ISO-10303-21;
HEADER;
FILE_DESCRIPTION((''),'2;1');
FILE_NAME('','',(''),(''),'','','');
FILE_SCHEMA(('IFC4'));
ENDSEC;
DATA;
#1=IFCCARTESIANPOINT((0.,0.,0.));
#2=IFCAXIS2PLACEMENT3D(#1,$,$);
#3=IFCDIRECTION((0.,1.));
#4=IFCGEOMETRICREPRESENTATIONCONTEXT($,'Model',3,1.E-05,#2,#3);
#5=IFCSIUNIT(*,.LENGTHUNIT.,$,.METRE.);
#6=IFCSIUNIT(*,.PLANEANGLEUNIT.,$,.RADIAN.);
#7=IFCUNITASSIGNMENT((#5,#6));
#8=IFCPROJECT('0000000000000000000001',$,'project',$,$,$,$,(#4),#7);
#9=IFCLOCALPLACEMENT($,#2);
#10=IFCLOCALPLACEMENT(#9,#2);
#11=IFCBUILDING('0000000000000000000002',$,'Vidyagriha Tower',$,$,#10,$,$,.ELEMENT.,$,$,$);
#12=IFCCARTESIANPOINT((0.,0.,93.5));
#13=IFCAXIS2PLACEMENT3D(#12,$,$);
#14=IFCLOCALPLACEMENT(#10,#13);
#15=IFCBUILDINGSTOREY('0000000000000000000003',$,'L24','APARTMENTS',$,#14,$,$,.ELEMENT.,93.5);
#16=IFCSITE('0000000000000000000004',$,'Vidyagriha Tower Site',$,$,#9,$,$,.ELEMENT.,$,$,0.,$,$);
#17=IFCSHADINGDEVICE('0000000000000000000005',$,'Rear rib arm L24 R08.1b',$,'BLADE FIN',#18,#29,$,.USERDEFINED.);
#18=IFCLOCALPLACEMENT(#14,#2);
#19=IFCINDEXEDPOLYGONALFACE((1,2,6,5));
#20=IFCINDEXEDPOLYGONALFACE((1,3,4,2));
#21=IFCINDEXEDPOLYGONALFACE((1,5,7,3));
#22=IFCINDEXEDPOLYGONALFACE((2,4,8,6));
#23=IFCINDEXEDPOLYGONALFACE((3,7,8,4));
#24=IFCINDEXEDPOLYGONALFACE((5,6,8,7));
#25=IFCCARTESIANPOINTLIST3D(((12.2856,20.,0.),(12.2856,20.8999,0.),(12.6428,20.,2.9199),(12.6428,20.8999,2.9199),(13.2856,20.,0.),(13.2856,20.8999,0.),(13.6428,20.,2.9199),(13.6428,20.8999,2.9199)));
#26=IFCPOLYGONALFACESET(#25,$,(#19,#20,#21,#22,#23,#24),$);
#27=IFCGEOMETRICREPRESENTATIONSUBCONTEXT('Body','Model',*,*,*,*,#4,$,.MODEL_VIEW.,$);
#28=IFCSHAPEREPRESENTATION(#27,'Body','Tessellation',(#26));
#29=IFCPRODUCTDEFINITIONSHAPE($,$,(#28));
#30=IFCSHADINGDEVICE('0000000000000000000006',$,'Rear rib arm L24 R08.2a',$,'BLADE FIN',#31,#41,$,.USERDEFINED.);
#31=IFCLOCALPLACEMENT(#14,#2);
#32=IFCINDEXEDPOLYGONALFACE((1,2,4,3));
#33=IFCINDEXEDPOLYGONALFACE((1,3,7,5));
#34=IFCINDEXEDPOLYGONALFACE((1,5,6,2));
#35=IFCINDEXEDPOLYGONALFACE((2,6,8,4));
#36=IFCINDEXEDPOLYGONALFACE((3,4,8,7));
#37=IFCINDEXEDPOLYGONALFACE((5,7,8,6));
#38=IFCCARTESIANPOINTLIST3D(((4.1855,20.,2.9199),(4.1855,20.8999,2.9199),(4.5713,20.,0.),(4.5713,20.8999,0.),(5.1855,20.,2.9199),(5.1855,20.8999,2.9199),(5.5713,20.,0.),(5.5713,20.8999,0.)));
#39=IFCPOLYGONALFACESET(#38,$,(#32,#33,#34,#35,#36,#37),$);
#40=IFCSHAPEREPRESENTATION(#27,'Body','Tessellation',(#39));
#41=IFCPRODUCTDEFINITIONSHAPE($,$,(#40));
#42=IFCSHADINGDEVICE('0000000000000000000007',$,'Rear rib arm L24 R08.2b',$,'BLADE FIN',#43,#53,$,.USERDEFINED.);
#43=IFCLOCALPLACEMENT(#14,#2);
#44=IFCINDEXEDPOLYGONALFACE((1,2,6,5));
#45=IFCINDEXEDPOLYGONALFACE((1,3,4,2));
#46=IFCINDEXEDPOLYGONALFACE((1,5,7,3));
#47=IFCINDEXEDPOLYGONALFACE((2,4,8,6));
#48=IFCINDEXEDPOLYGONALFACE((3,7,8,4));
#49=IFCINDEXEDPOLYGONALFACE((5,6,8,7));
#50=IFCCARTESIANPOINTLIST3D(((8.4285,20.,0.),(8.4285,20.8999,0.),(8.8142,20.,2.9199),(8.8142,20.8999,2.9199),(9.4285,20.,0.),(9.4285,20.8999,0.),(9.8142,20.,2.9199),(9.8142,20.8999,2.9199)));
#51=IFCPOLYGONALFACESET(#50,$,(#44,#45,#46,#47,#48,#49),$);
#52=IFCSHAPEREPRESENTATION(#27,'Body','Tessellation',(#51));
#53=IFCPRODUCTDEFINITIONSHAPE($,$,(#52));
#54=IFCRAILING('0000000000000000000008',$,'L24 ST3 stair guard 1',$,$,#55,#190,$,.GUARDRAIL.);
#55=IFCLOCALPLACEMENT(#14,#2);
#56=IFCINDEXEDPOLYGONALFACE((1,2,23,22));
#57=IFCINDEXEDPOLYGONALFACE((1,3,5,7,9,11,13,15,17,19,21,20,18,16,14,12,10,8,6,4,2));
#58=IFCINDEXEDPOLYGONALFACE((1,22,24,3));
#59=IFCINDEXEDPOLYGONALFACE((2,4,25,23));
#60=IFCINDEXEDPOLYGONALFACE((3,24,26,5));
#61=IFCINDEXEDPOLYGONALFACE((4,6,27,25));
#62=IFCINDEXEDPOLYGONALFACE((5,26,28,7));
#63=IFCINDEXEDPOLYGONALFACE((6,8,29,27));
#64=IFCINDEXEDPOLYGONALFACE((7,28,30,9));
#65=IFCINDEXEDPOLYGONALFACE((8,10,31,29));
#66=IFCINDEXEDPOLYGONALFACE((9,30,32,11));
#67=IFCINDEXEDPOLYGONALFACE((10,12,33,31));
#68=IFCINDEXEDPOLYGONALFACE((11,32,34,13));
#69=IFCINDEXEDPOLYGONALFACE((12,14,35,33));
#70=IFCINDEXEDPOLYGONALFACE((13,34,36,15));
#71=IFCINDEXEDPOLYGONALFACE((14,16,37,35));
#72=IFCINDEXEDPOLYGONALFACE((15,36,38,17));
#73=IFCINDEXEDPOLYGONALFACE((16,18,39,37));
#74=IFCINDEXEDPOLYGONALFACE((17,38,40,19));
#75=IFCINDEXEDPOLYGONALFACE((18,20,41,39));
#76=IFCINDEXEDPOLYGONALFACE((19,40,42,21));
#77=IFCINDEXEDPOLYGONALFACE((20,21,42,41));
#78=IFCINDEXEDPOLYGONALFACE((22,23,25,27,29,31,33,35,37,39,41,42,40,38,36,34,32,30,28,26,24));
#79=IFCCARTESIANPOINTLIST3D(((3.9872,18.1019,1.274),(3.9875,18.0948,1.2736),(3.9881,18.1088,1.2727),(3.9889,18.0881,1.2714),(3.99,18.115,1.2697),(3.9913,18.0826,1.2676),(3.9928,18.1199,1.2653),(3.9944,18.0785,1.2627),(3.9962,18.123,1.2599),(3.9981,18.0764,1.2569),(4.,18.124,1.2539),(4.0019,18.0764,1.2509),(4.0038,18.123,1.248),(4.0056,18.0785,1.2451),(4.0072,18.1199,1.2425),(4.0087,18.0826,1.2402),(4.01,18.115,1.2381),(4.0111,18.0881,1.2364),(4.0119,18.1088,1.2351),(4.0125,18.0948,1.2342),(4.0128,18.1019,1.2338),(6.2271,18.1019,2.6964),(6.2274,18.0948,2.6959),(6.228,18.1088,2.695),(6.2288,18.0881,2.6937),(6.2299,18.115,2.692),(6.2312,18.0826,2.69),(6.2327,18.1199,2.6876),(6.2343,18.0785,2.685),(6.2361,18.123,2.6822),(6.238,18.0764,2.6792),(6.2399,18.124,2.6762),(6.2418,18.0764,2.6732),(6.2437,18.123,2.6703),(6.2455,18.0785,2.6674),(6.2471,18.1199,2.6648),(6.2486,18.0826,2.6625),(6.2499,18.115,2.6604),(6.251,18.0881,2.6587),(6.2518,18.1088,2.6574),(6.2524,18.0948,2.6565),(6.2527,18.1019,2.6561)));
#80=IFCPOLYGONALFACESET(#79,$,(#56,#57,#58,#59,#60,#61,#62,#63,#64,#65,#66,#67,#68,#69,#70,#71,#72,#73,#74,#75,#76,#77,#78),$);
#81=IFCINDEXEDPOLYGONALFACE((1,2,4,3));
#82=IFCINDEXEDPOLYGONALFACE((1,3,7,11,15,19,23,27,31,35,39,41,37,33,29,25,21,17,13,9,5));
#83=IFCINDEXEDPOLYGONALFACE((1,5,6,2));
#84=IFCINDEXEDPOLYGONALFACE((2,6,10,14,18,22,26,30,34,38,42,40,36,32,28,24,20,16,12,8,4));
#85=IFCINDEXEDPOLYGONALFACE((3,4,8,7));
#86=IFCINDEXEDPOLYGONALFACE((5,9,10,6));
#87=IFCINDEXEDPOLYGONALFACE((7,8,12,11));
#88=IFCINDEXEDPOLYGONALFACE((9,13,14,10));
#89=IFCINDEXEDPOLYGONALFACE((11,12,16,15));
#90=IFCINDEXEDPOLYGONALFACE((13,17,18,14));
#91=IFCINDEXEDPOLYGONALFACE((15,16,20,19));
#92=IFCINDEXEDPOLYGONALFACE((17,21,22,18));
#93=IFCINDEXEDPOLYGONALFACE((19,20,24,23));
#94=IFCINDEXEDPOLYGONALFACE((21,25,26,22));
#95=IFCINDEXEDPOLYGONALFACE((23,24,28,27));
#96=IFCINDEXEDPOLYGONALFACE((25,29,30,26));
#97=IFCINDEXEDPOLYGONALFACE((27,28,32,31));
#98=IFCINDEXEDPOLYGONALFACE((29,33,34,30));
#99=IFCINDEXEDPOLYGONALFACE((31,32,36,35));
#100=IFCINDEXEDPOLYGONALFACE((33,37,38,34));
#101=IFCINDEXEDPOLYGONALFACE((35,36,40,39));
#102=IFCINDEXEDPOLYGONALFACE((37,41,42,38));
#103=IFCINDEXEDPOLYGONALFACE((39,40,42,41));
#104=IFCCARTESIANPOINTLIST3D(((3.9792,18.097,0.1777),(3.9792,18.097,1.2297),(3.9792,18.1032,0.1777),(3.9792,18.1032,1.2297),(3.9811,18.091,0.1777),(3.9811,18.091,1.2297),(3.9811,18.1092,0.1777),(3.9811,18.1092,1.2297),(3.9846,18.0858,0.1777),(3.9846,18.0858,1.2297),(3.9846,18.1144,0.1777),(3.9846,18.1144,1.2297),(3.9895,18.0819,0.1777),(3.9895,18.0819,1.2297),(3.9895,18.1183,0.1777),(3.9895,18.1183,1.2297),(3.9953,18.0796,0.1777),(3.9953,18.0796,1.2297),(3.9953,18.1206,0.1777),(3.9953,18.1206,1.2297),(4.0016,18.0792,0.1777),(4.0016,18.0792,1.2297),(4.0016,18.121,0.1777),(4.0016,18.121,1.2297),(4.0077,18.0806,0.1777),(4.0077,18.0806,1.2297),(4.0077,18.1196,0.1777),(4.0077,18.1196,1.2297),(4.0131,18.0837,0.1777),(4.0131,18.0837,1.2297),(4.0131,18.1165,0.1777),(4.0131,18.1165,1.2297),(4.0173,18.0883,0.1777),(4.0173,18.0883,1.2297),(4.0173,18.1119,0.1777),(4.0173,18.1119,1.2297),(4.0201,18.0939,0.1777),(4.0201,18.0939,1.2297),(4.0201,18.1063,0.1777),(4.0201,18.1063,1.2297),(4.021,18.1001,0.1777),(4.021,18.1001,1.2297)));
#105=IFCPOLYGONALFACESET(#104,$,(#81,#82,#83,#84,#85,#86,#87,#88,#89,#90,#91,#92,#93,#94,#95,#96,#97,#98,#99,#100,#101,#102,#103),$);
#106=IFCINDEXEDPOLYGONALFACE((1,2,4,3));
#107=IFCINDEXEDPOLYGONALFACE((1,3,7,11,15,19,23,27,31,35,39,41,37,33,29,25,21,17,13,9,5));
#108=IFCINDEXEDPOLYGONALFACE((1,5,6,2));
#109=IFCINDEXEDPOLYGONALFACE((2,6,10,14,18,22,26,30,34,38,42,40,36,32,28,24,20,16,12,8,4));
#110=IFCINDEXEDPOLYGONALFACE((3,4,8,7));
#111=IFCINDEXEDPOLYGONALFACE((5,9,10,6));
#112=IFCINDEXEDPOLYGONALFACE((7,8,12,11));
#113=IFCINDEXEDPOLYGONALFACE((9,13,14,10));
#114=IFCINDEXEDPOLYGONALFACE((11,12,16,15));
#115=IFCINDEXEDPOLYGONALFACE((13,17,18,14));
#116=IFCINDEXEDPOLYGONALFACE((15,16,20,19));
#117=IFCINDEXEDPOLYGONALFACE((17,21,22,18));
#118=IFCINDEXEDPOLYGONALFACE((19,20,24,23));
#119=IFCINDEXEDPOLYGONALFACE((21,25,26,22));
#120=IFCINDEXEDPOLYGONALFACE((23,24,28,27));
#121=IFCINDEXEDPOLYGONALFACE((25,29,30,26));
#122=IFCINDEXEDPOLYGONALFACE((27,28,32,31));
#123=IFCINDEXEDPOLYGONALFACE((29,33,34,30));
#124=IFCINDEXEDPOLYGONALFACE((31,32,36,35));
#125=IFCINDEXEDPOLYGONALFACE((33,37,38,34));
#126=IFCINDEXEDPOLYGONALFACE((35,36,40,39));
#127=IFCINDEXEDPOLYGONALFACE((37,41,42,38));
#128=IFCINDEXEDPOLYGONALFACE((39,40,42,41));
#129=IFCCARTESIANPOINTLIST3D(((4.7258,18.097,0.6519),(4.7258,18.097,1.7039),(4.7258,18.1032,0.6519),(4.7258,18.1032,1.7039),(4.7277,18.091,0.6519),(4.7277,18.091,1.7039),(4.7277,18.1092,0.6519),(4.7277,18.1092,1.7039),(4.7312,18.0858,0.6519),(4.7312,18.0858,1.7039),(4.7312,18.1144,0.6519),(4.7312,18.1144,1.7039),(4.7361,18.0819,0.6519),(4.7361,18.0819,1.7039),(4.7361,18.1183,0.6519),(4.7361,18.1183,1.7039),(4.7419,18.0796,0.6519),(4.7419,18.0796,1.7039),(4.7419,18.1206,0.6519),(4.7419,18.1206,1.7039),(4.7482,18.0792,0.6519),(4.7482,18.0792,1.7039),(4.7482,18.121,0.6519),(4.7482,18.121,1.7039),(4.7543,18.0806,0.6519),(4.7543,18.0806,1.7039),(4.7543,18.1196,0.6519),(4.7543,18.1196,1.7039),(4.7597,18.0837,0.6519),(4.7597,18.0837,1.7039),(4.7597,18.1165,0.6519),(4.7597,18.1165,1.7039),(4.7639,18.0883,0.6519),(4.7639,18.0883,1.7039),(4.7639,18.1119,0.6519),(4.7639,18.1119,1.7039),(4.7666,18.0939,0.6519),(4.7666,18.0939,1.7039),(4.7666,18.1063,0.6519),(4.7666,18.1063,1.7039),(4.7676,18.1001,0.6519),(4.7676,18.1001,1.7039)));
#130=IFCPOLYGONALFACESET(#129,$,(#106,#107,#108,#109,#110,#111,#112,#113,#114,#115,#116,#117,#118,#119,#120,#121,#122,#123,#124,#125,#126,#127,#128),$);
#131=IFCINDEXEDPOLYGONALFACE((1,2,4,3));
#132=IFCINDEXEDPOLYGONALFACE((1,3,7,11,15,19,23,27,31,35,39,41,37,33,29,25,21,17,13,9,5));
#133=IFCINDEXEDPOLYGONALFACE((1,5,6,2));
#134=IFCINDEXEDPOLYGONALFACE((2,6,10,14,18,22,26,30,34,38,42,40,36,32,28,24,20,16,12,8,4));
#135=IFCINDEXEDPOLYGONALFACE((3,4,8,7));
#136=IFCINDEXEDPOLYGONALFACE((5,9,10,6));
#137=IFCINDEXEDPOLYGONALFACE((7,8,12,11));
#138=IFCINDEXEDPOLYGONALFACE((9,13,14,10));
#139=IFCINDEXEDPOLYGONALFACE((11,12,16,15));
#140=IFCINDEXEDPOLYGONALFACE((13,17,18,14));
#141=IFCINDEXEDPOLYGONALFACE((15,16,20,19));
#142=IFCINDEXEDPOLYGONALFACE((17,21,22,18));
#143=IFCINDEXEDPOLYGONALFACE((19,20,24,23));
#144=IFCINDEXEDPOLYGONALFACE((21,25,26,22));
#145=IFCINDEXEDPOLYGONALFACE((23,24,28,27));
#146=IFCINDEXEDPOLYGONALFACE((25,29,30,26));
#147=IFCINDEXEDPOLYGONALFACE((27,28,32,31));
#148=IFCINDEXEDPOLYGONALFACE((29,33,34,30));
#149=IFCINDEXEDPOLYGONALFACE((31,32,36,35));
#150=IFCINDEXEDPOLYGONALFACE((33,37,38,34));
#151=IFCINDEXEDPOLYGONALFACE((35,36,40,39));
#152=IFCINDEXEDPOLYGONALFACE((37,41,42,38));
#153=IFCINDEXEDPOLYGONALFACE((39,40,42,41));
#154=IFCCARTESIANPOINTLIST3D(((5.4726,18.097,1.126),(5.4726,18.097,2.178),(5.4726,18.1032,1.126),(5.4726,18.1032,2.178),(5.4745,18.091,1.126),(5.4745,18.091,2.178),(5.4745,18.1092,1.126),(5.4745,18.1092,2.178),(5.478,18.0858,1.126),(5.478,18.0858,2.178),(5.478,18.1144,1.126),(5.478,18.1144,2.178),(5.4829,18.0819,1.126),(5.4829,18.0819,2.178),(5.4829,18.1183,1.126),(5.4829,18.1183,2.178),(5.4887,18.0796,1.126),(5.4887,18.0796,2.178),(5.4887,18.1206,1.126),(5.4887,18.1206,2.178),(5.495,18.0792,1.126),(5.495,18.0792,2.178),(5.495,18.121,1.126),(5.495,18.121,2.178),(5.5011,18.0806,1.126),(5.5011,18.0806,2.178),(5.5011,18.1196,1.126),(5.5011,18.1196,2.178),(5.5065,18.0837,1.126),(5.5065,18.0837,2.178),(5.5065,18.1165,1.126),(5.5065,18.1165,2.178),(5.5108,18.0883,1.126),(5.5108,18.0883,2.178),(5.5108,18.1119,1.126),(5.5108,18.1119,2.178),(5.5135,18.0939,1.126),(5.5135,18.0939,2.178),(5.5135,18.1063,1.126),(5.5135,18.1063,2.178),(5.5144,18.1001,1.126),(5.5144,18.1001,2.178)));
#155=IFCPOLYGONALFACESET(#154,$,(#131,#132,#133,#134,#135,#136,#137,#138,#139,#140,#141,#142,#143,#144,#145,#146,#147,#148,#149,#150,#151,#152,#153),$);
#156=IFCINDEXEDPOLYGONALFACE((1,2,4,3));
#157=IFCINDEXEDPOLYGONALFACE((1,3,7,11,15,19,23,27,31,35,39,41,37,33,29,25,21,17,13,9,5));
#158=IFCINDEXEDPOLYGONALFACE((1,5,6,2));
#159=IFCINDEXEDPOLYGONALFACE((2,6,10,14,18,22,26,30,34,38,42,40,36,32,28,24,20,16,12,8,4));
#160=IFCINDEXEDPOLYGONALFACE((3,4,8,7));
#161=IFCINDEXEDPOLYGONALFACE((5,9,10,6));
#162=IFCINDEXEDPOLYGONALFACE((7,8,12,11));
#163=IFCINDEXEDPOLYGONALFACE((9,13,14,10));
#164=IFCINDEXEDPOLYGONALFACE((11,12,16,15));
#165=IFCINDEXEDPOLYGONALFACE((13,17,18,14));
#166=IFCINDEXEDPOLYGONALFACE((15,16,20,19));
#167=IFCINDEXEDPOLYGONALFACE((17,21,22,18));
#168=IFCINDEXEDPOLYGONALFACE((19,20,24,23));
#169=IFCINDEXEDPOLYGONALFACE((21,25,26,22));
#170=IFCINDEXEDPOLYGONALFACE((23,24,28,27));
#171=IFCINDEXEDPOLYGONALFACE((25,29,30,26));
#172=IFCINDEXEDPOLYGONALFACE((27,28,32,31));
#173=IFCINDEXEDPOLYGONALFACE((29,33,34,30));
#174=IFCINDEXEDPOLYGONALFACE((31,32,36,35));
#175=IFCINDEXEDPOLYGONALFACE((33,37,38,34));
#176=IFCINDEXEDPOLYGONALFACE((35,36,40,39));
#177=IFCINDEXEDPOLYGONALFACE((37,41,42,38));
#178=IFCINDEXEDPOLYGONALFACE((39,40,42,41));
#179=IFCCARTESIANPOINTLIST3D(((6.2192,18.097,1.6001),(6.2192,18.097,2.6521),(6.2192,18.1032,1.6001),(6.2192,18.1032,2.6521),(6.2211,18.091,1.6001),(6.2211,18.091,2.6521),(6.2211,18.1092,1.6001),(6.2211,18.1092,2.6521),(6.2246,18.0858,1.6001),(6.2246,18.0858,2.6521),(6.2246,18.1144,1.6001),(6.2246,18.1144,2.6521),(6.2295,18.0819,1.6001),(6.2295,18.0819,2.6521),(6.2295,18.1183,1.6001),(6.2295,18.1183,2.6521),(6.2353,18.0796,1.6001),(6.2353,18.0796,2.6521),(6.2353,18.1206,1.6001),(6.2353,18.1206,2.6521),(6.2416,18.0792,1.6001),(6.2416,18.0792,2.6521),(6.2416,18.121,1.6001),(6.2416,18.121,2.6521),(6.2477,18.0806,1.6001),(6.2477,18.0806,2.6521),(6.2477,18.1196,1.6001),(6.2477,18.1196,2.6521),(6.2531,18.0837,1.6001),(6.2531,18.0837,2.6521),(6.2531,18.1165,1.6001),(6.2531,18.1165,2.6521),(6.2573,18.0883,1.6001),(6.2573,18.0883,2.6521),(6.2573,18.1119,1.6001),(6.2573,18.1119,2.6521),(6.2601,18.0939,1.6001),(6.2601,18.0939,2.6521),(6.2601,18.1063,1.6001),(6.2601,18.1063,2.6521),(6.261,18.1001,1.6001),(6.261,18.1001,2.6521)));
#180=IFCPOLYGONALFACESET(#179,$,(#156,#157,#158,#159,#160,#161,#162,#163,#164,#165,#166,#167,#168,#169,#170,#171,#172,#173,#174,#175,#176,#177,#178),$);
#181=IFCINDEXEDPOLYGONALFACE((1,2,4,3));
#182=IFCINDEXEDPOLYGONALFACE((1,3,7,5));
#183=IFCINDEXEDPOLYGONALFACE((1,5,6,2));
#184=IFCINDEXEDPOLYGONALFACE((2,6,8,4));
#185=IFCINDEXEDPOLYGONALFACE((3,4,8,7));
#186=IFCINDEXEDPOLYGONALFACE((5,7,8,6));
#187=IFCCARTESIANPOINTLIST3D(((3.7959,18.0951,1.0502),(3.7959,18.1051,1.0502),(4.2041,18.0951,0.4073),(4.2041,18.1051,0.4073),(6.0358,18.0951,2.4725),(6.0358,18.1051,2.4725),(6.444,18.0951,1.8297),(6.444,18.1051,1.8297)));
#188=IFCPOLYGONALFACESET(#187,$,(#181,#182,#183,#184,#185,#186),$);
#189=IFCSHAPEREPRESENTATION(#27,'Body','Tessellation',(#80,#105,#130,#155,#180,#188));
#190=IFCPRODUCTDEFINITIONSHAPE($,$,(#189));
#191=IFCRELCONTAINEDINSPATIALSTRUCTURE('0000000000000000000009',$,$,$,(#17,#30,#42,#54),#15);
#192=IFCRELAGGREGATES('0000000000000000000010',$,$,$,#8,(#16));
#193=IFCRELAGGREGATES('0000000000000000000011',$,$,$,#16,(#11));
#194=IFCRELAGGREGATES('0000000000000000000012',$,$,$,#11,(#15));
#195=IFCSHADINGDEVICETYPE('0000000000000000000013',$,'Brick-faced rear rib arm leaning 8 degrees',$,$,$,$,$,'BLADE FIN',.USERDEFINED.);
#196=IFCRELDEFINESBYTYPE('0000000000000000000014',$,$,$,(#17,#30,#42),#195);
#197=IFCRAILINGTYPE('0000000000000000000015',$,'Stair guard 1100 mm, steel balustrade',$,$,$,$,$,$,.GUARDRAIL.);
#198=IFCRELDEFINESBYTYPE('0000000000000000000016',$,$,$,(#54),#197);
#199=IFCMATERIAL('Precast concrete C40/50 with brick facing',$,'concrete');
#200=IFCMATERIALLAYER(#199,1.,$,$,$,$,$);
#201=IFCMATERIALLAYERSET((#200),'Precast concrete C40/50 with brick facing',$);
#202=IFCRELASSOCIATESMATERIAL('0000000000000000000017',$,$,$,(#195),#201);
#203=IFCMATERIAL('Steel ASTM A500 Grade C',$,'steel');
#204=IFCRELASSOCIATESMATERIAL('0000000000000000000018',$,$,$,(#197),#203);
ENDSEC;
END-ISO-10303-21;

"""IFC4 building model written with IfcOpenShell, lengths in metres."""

from ifc_helpers import new_model, si_unit, direction, frame, origin, origin_2d, place, context, subcontext, project, spatial, polyline, rectangle, circle, outline, extrude, material, layer, layer_set, type_object, element, save


model = new_model("IFC4")

# Units and contexts
model_context = context("Model", 3, precision=1e-05, world=origin(), true_north=direction((0.0, 1.0)))
body_context = subcontext(model_context, "Body", "Model", "MODEL_VIEW")
ifc_project = project(units=[si_unit("LENGTHUNIT", "METRE"), si_unit("PLANEANGLEUNIT", "RADIAN")], contexts=[model_context])

# Site, building, storey
site_placement = place(None, origin())
site = spatial("IfcSite", under=ifc_project, at=site_placement, Name="Vidyagriha Tower Site", CompositionType="ELEMENT", RefElevation=0.0)
building_placement = place(site_placement, origin())
building = spatial("IfcBuilding", under=site, at=building_placement, Name="Vidyagriha Tower", CompositionType="ELEMENT")
storey_placement = place(building_placement, frame((0.0, 0.0, 93.5)))
storey = spatial("IfcBuildingStorey", under=building, at=storey_placement, Name="L24", Description="APARTMENTS", CompositionType="ELEMENT", Elevation=93.5)

# Shading devices
ifc_material_1 = material(Name="Precast concrete C40/50 with brick facing", Category="concrete")
ifc_layer_1 = layer(ifc_material_1, 1.0)
ifc_layer_set_1 = layer_set([ifc_layer_1], Name="Precast concrete C40/50 with brick facing")
shading_device_type = type_object("IfcShadingDeviceType", Name="Brick-faced rear rib arm leaning 8 degrees", ElementType="BLADE FIN", PredefinedType="USERDEFINED", material=ifc_layer_set_1)
shading_device_1_placement = place(storey_placement, frame((13.6428, 20.45, 0.0), z_axis=(0.0, 0.0, 1.0), x_axis=(-1.0, 0.0, 0.0)))
element("IfcShadingDevice", 1, at=shading_device_1_placement, inside=storey, type_object=shading_device_type, Name="Rear rib arm L24 R08.1b", ObjectType="BLADE FIN", PredefinedType="USERDEFINED", context=body_context, shape_type="SweptSolid", body=[
    extrude(outline(polyline([(0.3572, 0.0), (1.3572, 0.0), (1.0, 2.9199), (0.0, 2.9199), (0.3572, 0.0)])), frame((0.0, 0.45, 0.0), z_axis=(0.0, -1.0, 0.0), x_axis=(1.0, 0.0, 0.0)), (0.0, 0.0, 1.0), 0.8999),
])
shading_device_2_placement = place(storey_placement, frame((5.5713, 20.45, 0.0), z_axis=(0.0, 0.0, 1.0), x_axis=(-1.0, 0.0, 0.0)))
element("IfcShadingDevice", 2, at=shading_device_2_placement, inside=storey, type_object=shading_device_type, Name="Rear rib arm L24 R08.2a", ObjectType="BLADE FIN", PredefinedType="USERDEFINED", context=body_context, shape_type="SweptSolid", body=[
    extrude(outline(polyline([(0.0, 0.0), (1.0, 0.0), (1.3857, 2.9199), (0.3857, 2.9199), (0.0, 0.0)])), frame((0.0, 0.45, 0.0), z_axis=(0.0, -1.0, 0.0), x_axis=(1.0, 0.0, 0.0)), (0.0, 0.0, 1.0), 0.8999),
])
shading_device_3_placement = place(storey_placement, frame((9.8142, 20.45, 0.0), z_axis=(0.0, 0.0, 1.0), x_axis=(-1.0, 0.0, 0.0)))
element("IfcShadingDevice", 3, at=shading_device_3_placement, inside=storey, type_object=shading_device_type, Name="Rear rib arm L24 R08.2b", ObjectType="BLADE FIN", PredefinedType="USERDEFINED", context=body_context, shape_type="SweptSolid", body=[
    extrude(outline(polyline([(0.3857, 0.0), (1.3857, 0.0), (1.0, 2.9199), (0.0, 2.9199), (0.3857, 0.0)])), frame((0.0, 0.45, 0.0), z_axis=(0.0, -1.0, 0.0), x_axis=(1.0, 0.0, 0.0)), (0.0, 0.0, 1.0), 0.8999),
])

# Railing
ifc_material_2 = material(Name="Steel ASTM A500 Grade C", Category="steel")
railing_type_1 = type_object("IfcRailingType", Name="Stair guard 1100 mm, steel balustrade", PredefinedType="GUARDRAIL", material=ifc_material_2)
railing_1_placement = place(storey_placement, frame((4.0, 18.1001, 0.1777)))
element("IfcRailing", 4, at=railing_1_placement, inside=storey, type_object=railing_type_1, Name="L24 ST3 stair guard 1", PredefinedType="GUARDRAIL", context=body_context, shape_type="SweptSolid", body=[
    extrude(circle(Radius=0.0239, at=origin_2d()), frame((0.0, 0.0, 1.0762), z_axis=(0.844188, 0.0, 0.536048), x_axis=(0.0, 1.0, 0.0)), (0.0, 0.0, 1.0), 2.6533),
    extrude(circle(Radius=0.021, at=origin_2d()), origin(), (0.0, 0.0, 1.0), 1.052),
    extrude(circle(Radius=0.021, at=origin_2d()), frame((0.7466, 0.0, 0.4741)), (0.0, 0.0, 1.0), 1.052),
    extrude(circle(Radius=0.021, at=origin_2d()), frame((1.4934, 0.0, 0.9482)), (0.0, 0.0, 1.0), 1.052),
    extrude(circle(Radius=0.021, at=origin_2d()), frame((2.24, 0.0, 1.4224)), (0.0, 0.0, 1.0), 1.052),
    extrude(rectangle(XDim=0.01, YDim=0.7615, at=origin_2d()), frame((0.0, 0.0, 0.551), z_axis=(0.844188, 0.0, 0.536048), x_axis=(0.0, 1.0, 0.0)), (0.0, 0.0, 1.0), 2.6533),
])

save(model, "model.ifc")
